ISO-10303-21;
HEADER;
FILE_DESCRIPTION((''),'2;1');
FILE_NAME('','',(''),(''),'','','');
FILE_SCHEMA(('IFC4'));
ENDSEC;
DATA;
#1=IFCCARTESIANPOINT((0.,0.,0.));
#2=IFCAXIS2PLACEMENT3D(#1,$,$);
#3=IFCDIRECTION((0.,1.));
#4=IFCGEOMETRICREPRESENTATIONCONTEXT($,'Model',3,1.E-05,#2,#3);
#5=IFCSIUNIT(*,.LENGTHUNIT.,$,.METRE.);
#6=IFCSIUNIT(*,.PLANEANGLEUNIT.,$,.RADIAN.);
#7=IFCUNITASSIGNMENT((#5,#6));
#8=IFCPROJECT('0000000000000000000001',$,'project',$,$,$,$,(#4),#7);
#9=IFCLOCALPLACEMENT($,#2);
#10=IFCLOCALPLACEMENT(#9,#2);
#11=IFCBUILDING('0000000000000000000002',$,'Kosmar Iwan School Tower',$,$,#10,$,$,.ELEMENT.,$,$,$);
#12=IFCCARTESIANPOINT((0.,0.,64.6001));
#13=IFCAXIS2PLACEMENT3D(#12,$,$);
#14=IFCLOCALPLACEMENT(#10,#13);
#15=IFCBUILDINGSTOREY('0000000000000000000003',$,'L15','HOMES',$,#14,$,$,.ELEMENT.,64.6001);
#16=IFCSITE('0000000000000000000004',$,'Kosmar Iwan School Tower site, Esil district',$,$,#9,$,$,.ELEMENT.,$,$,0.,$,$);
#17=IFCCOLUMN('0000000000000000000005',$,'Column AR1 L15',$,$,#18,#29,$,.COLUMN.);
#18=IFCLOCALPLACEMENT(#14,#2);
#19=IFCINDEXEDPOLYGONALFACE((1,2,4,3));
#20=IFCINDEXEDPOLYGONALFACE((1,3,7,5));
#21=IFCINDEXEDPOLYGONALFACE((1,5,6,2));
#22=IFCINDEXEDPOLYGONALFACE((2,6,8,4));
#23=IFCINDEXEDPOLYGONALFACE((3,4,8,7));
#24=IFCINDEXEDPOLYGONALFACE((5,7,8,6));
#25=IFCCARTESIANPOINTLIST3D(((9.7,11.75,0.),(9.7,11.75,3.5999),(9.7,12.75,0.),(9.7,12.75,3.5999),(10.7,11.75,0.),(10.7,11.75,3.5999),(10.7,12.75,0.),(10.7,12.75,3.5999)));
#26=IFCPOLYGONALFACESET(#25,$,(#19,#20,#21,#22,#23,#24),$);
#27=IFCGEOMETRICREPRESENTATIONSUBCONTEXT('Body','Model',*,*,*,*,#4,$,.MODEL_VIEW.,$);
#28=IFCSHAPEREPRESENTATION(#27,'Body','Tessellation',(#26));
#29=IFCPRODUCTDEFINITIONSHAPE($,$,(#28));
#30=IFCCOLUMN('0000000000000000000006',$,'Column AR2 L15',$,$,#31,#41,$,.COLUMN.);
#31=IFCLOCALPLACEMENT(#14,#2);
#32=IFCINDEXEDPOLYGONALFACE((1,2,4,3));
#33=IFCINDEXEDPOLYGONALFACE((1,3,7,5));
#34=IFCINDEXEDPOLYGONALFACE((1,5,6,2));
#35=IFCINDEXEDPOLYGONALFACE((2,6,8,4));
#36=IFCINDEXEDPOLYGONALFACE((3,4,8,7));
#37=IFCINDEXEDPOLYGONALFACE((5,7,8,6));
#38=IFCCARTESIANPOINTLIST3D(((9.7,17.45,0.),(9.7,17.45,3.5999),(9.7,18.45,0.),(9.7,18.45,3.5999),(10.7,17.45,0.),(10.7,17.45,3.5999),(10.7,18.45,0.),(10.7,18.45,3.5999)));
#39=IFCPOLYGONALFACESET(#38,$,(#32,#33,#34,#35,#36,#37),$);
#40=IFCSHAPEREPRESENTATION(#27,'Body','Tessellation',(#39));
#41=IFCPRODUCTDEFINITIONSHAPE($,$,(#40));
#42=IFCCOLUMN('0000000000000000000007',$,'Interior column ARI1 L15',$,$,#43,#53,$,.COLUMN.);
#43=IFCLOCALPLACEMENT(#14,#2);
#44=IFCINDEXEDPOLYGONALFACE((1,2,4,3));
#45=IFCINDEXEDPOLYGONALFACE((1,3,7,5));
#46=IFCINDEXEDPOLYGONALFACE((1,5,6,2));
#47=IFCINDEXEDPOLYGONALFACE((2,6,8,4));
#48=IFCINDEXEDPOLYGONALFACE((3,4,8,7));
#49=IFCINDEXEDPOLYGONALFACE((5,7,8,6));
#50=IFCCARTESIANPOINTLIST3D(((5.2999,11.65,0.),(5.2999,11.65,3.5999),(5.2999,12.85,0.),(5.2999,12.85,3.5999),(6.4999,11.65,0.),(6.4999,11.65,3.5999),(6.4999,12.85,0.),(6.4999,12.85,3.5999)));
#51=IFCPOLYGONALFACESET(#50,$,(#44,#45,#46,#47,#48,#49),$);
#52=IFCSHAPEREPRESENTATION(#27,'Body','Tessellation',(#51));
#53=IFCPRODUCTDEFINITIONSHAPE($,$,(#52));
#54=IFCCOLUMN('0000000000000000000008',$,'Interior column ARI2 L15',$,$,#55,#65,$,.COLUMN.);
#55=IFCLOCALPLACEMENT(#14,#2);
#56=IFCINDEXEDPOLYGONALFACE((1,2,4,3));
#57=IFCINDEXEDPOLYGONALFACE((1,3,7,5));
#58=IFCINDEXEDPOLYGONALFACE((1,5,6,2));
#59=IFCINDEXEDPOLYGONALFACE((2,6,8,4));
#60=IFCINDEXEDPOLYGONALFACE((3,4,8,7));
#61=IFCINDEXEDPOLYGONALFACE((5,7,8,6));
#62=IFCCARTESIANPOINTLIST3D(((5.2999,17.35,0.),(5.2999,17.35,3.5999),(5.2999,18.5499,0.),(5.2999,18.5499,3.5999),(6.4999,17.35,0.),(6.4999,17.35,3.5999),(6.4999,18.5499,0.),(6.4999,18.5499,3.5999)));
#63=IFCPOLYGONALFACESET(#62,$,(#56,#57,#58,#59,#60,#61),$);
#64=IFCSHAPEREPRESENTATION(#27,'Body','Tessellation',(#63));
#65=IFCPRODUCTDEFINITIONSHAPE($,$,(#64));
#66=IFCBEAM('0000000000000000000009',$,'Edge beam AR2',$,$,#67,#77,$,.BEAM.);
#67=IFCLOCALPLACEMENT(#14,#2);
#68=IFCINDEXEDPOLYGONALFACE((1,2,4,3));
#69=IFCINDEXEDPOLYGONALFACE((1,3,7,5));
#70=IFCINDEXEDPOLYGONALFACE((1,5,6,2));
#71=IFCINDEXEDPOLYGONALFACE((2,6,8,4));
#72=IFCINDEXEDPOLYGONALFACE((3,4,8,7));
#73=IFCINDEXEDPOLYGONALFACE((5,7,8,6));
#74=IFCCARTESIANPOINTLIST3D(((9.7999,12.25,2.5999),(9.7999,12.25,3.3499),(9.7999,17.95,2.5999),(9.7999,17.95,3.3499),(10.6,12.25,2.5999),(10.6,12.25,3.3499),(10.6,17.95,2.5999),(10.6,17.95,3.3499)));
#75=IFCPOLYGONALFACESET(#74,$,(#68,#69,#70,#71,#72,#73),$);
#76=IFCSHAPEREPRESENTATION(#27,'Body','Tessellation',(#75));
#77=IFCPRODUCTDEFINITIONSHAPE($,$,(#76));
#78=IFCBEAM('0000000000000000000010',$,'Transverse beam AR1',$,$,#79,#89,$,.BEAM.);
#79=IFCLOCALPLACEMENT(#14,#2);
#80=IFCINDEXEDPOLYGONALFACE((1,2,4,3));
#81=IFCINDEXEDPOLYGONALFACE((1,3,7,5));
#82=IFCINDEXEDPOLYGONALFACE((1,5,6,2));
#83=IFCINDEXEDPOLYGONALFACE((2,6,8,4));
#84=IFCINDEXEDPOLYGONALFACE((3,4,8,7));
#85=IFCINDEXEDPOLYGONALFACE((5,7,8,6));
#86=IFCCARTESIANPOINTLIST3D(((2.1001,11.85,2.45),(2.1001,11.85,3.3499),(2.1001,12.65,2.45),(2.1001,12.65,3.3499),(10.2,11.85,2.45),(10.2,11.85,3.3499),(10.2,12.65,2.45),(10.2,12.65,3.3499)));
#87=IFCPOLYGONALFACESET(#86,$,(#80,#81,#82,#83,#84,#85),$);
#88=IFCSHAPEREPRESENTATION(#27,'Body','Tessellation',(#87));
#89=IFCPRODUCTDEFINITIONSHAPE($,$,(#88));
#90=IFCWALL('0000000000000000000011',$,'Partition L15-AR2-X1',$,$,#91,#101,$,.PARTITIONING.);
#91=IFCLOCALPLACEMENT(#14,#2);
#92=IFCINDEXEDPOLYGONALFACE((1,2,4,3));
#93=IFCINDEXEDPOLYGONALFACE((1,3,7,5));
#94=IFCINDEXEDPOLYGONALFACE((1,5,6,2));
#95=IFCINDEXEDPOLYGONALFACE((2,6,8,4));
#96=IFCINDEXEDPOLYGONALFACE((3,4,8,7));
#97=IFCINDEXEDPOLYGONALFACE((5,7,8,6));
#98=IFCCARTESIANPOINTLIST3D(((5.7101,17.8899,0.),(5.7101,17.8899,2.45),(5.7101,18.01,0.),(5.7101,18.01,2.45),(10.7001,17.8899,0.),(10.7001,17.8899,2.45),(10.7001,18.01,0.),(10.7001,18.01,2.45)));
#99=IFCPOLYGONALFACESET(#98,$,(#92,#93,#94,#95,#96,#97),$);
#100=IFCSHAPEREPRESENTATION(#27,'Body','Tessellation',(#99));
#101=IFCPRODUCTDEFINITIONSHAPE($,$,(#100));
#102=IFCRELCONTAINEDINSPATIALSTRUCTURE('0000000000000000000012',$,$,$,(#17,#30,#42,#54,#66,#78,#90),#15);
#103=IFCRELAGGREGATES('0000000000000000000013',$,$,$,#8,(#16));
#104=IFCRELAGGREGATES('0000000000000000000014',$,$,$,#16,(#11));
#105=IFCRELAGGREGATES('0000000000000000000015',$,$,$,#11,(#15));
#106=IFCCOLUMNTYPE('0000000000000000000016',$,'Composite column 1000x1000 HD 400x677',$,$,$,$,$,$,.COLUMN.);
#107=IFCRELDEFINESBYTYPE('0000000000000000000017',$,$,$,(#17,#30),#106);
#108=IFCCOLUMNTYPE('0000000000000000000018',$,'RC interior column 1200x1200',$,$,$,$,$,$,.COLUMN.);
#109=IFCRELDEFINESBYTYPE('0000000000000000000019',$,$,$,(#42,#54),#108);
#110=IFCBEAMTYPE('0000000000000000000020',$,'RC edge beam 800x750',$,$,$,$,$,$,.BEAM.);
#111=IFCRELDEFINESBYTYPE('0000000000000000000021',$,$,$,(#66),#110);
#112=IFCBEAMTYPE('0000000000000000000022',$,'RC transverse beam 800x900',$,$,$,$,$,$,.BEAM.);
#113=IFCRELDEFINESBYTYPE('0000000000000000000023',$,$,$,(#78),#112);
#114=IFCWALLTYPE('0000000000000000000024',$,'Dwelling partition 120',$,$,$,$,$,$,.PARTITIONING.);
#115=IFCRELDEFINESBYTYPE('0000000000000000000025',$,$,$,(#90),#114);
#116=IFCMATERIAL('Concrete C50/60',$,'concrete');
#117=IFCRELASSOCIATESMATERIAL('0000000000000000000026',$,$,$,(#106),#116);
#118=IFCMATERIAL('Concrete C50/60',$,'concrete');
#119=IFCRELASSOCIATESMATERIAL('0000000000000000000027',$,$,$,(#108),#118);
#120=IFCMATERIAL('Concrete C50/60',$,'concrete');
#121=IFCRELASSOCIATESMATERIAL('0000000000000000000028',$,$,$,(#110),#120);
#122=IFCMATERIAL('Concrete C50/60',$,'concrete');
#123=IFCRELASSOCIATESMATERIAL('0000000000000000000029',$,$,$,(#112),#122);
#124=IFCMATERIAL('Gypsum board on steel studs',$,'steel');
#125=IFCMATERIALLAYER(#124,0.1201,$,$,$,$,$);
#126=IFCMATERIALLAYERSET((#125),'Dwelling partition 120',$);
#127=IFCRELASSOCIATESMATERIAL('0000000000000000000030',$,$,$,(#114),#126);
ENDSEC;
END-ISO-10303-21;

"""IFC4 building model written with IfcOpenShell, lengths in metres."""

from ifc_helpers import new_model, si_unit, direction, frame, frame_2d, origin, origin_2d, place, context, subcontext, project, spatial, rectangle, extrude, material, layer, layer_set, material_profile, profile_set, type_object, element, save


model = new_model("IFC4")

# Units and contexts
model_context = context("Model", 3, precision=1e-05, world=origin(), true_north=direction((0.0, 1.0)))
body_context = subcontext(model_context, "Body", "Model", "MODEL_VIEW")
ifc_project = project(units=[si_unit("LENGTHUNIT", "METRE"), si_unit("PLANEANGLEUNIT", "RADIAN")], contexts=[model_context])

# Site, building, storey
site_placement = place(None, origin())
site = spatial("IfcSite", under=ifc_project, at=site_placement, Name="Kosmar Iwan School Tower site, Esil district", CompositionType="ELEMENT", RefElevation=0.0)
building_placement = place(site_placement, origin())
building = spatial("IfcBuilding", under=site, at=building_placement, Name="Kosmar Iwan School Tower", CompositionType="ELEMENT")
storey_placement = place(building_placement, frame((0.0, 0.0, 64.6001)))
storey = spatial("IfcBuildingStorey", under=building, at=storey_placement, Name="L15", Description="HOMES", CompositionType="ELEMENT", Elevation=64.6001)

# Columns
ifc_material_1 = material(Name="Concrete C50/60", Category="concrete")
ifc_material_profile_1 = material_profile(ifc_material_1, rectangle(XDim=1.0, YDim=1.0, at=origin_2d()), Name="RC 1000x1000 + HD 400x677")
ifc_profile_set_1 = profile_set([ifc_material_profile_1], Name="Concrete C50/60")
column_type_1 = type_object("IfcColumnType", Name="Composite column 1000x1000 HD 400x677", PredefinedType="COLUMN", material=ifc_profile_set_1)
for number, where, z_axis, x_axis, name in (
    (1, (10.2, 12.25, 0.0), (0.0, 0.0, 1.0), (0.0, 1.0, 0.0), "Column AR1 L15"),
    (2, (10.2, 17.95, 0.0), (0.0, 0.0, 1.0), (0.0, 1.0, 0.0), "Column AR2 L15"),
):
    element("IfcColumn", number, at=place(storey_placement, frame(where, z_axis=z_axis, x_axis=x_axis)), inside=storey, type_object=column_type_1, Name=name, PredefinedType="COLUMN", context=body_context, shape_type="SweptSolid", body=[
        extrude(rectangle(XDim=1.0, YDim=1.0, at=origin_2d()), origin(), (0.0, 0.0, 1.0), 3.5999),
    ])
ifc_material_2 = material(Name="Concrete C50/60", Category="concrete")
ifc_material_profile_2 = material_profile(ifc_material_2, rectangle(XDim=1.2, YDim=1.2, at=origin_2d()), Name="RC 1200x1200")
ifc_profile_set_2 = profile_set([ifc_material_profile_2], Name="Concrete C50/60")
column_type_2 = type_object("IfcColumnType", Name="RC interior column 1200x1200", PredefinedType="COLUMN", material=ifc_profile_set_2)
for number, where, z_axis, x_axis, name in (
    (3, (5.8999, 12.25, 0.0), (0.0, 0.0, 1.0), (0.0, 1.0, 0.0), "Interior column ARI1 L15"),
    (4, (5.8999, 17.95, 0.0), (0.0, 0.0, 1.0), (0.0, 1.0, 0.0), "Interior column ARI2 L15"),
):
    element("IfcColumn", number, at=place(storey_placement, frame(where, z_axis=z_axis, x_axis=x_axis)), inside=storey, type_object=column_type_2, Name=name, PredefinedType="COLUMN", context=body_context, shape_type="SweptSolid", body=[
        extrude(rectangle(XDim=1.2, YDim=1.2, at=origin_2d()), origin(), (0.0, 0.0, 1.0), 3.5999),
    ])

# Beams
ifc_material_3 = material(Name="Concrete C50/60", Category="concrete")
ifc_material_profile_3 = material_profile(ifc_material_3, rectangle(XDim=0.8, YDim=0.75, at=origin_2d()), Name="RC 800x750")
ifc_profile_set_3 = profile_set([ifc_material_profile_3], Name="Concrete C50/60")
beam_type_1 = type_object("IfcBeamType", Name="RC edge beam 800x750", PredefinedType="BEAM", material=ifc_profile_set_3)
beam_1_placement = place(storey_placement, frame((10.2, 12.25, 2.9749), z_axis=(0.0, 1.0, 0.0), x_axis=(-1.0, 0.0, 0.0)))
element("IfcBeam", 5, at=beam_1_placement, inside=storey, type_object=beam_type_1, Name="Edge beam AR2", PredefinedType="BEAM", context=body_context, shape_type="SweptSolid", body=[
    extrude(rectangle(XDim=0.8, YDim=0.75, at=origin_2d()), origin(), (0.0, 0.0, 1.0), 5.7),
])
ifc_material_4 = material(Name="Concrete C50/60", Category="concrete")
ifc_material_profile_4 = material_profile(ifc_material_4, rectangle(XDim=0.8, YDim=0.8999, at=origin_2d()), Name="RC 800x900")
ifc_profile_set_4 = profile_set([ifc_material_profile_4], Name="Concrete C50/60")
beam_type_2 = type_object("IfcBeamType", Name="RC transverse beam 800x900", PredefinedType="BEAM", material=ifc_profile_set_4)
beam_2_placement = place(storey_placement, frame((10.2, 12.25, 2.8999), z_axis=(-1.0, 0.0, 0.0), x_axis=(0.0, -1.0, 0.0)))
element("IfcBeam", 6, at=beam_2_placement, inside=storey, type_object=beam_type_2, Name="Transverse beam AR1", PredefinedType="BEAM", context=body_context, shape_type="SweptSolid", body=[
    extrude(rectangle(XDim=0.8, YDim=0.8999, at=origin_2d()), origin(), (0.0, 0.0, 1.0), 8.0999),
])

# Wall
ifc_material_5 = material(Name="Gypsum board on steel studs", Category="steel")
ifc_layer = layer(ifc_material_5, 0.1201)
ifc_layer_set = layer_set([ifc_layer], Name="Dwelling partition 120")
wall_type = type_object("IfcWallType", Name="Dwelling partition 120", PredefinedType="PARTITIONING", material=ifc_layer_set)
wall_placement = place(storey_placement, frame((5.71, 17.95, 0.0), z_axis=(0.0, 0.0, 1.0), x_axis=(1.0, 0.0, 0.0)))
element("IfcWall", 7, at=wall_placement, inside=storey, type_object=wall_type, Name="Partition L15-AR2-X1", PredefinedType="PARTITIONING", context=body_context, shape_type="SweptSolid", body=[
    extrude(rectangle(XDim=4.99, YDim=0.1201, at=frame_2d((2.4951, 0.0))), origin(), (0.0, 0.0, 1.0), 2.45),
])

save(model, "model.ifc")
